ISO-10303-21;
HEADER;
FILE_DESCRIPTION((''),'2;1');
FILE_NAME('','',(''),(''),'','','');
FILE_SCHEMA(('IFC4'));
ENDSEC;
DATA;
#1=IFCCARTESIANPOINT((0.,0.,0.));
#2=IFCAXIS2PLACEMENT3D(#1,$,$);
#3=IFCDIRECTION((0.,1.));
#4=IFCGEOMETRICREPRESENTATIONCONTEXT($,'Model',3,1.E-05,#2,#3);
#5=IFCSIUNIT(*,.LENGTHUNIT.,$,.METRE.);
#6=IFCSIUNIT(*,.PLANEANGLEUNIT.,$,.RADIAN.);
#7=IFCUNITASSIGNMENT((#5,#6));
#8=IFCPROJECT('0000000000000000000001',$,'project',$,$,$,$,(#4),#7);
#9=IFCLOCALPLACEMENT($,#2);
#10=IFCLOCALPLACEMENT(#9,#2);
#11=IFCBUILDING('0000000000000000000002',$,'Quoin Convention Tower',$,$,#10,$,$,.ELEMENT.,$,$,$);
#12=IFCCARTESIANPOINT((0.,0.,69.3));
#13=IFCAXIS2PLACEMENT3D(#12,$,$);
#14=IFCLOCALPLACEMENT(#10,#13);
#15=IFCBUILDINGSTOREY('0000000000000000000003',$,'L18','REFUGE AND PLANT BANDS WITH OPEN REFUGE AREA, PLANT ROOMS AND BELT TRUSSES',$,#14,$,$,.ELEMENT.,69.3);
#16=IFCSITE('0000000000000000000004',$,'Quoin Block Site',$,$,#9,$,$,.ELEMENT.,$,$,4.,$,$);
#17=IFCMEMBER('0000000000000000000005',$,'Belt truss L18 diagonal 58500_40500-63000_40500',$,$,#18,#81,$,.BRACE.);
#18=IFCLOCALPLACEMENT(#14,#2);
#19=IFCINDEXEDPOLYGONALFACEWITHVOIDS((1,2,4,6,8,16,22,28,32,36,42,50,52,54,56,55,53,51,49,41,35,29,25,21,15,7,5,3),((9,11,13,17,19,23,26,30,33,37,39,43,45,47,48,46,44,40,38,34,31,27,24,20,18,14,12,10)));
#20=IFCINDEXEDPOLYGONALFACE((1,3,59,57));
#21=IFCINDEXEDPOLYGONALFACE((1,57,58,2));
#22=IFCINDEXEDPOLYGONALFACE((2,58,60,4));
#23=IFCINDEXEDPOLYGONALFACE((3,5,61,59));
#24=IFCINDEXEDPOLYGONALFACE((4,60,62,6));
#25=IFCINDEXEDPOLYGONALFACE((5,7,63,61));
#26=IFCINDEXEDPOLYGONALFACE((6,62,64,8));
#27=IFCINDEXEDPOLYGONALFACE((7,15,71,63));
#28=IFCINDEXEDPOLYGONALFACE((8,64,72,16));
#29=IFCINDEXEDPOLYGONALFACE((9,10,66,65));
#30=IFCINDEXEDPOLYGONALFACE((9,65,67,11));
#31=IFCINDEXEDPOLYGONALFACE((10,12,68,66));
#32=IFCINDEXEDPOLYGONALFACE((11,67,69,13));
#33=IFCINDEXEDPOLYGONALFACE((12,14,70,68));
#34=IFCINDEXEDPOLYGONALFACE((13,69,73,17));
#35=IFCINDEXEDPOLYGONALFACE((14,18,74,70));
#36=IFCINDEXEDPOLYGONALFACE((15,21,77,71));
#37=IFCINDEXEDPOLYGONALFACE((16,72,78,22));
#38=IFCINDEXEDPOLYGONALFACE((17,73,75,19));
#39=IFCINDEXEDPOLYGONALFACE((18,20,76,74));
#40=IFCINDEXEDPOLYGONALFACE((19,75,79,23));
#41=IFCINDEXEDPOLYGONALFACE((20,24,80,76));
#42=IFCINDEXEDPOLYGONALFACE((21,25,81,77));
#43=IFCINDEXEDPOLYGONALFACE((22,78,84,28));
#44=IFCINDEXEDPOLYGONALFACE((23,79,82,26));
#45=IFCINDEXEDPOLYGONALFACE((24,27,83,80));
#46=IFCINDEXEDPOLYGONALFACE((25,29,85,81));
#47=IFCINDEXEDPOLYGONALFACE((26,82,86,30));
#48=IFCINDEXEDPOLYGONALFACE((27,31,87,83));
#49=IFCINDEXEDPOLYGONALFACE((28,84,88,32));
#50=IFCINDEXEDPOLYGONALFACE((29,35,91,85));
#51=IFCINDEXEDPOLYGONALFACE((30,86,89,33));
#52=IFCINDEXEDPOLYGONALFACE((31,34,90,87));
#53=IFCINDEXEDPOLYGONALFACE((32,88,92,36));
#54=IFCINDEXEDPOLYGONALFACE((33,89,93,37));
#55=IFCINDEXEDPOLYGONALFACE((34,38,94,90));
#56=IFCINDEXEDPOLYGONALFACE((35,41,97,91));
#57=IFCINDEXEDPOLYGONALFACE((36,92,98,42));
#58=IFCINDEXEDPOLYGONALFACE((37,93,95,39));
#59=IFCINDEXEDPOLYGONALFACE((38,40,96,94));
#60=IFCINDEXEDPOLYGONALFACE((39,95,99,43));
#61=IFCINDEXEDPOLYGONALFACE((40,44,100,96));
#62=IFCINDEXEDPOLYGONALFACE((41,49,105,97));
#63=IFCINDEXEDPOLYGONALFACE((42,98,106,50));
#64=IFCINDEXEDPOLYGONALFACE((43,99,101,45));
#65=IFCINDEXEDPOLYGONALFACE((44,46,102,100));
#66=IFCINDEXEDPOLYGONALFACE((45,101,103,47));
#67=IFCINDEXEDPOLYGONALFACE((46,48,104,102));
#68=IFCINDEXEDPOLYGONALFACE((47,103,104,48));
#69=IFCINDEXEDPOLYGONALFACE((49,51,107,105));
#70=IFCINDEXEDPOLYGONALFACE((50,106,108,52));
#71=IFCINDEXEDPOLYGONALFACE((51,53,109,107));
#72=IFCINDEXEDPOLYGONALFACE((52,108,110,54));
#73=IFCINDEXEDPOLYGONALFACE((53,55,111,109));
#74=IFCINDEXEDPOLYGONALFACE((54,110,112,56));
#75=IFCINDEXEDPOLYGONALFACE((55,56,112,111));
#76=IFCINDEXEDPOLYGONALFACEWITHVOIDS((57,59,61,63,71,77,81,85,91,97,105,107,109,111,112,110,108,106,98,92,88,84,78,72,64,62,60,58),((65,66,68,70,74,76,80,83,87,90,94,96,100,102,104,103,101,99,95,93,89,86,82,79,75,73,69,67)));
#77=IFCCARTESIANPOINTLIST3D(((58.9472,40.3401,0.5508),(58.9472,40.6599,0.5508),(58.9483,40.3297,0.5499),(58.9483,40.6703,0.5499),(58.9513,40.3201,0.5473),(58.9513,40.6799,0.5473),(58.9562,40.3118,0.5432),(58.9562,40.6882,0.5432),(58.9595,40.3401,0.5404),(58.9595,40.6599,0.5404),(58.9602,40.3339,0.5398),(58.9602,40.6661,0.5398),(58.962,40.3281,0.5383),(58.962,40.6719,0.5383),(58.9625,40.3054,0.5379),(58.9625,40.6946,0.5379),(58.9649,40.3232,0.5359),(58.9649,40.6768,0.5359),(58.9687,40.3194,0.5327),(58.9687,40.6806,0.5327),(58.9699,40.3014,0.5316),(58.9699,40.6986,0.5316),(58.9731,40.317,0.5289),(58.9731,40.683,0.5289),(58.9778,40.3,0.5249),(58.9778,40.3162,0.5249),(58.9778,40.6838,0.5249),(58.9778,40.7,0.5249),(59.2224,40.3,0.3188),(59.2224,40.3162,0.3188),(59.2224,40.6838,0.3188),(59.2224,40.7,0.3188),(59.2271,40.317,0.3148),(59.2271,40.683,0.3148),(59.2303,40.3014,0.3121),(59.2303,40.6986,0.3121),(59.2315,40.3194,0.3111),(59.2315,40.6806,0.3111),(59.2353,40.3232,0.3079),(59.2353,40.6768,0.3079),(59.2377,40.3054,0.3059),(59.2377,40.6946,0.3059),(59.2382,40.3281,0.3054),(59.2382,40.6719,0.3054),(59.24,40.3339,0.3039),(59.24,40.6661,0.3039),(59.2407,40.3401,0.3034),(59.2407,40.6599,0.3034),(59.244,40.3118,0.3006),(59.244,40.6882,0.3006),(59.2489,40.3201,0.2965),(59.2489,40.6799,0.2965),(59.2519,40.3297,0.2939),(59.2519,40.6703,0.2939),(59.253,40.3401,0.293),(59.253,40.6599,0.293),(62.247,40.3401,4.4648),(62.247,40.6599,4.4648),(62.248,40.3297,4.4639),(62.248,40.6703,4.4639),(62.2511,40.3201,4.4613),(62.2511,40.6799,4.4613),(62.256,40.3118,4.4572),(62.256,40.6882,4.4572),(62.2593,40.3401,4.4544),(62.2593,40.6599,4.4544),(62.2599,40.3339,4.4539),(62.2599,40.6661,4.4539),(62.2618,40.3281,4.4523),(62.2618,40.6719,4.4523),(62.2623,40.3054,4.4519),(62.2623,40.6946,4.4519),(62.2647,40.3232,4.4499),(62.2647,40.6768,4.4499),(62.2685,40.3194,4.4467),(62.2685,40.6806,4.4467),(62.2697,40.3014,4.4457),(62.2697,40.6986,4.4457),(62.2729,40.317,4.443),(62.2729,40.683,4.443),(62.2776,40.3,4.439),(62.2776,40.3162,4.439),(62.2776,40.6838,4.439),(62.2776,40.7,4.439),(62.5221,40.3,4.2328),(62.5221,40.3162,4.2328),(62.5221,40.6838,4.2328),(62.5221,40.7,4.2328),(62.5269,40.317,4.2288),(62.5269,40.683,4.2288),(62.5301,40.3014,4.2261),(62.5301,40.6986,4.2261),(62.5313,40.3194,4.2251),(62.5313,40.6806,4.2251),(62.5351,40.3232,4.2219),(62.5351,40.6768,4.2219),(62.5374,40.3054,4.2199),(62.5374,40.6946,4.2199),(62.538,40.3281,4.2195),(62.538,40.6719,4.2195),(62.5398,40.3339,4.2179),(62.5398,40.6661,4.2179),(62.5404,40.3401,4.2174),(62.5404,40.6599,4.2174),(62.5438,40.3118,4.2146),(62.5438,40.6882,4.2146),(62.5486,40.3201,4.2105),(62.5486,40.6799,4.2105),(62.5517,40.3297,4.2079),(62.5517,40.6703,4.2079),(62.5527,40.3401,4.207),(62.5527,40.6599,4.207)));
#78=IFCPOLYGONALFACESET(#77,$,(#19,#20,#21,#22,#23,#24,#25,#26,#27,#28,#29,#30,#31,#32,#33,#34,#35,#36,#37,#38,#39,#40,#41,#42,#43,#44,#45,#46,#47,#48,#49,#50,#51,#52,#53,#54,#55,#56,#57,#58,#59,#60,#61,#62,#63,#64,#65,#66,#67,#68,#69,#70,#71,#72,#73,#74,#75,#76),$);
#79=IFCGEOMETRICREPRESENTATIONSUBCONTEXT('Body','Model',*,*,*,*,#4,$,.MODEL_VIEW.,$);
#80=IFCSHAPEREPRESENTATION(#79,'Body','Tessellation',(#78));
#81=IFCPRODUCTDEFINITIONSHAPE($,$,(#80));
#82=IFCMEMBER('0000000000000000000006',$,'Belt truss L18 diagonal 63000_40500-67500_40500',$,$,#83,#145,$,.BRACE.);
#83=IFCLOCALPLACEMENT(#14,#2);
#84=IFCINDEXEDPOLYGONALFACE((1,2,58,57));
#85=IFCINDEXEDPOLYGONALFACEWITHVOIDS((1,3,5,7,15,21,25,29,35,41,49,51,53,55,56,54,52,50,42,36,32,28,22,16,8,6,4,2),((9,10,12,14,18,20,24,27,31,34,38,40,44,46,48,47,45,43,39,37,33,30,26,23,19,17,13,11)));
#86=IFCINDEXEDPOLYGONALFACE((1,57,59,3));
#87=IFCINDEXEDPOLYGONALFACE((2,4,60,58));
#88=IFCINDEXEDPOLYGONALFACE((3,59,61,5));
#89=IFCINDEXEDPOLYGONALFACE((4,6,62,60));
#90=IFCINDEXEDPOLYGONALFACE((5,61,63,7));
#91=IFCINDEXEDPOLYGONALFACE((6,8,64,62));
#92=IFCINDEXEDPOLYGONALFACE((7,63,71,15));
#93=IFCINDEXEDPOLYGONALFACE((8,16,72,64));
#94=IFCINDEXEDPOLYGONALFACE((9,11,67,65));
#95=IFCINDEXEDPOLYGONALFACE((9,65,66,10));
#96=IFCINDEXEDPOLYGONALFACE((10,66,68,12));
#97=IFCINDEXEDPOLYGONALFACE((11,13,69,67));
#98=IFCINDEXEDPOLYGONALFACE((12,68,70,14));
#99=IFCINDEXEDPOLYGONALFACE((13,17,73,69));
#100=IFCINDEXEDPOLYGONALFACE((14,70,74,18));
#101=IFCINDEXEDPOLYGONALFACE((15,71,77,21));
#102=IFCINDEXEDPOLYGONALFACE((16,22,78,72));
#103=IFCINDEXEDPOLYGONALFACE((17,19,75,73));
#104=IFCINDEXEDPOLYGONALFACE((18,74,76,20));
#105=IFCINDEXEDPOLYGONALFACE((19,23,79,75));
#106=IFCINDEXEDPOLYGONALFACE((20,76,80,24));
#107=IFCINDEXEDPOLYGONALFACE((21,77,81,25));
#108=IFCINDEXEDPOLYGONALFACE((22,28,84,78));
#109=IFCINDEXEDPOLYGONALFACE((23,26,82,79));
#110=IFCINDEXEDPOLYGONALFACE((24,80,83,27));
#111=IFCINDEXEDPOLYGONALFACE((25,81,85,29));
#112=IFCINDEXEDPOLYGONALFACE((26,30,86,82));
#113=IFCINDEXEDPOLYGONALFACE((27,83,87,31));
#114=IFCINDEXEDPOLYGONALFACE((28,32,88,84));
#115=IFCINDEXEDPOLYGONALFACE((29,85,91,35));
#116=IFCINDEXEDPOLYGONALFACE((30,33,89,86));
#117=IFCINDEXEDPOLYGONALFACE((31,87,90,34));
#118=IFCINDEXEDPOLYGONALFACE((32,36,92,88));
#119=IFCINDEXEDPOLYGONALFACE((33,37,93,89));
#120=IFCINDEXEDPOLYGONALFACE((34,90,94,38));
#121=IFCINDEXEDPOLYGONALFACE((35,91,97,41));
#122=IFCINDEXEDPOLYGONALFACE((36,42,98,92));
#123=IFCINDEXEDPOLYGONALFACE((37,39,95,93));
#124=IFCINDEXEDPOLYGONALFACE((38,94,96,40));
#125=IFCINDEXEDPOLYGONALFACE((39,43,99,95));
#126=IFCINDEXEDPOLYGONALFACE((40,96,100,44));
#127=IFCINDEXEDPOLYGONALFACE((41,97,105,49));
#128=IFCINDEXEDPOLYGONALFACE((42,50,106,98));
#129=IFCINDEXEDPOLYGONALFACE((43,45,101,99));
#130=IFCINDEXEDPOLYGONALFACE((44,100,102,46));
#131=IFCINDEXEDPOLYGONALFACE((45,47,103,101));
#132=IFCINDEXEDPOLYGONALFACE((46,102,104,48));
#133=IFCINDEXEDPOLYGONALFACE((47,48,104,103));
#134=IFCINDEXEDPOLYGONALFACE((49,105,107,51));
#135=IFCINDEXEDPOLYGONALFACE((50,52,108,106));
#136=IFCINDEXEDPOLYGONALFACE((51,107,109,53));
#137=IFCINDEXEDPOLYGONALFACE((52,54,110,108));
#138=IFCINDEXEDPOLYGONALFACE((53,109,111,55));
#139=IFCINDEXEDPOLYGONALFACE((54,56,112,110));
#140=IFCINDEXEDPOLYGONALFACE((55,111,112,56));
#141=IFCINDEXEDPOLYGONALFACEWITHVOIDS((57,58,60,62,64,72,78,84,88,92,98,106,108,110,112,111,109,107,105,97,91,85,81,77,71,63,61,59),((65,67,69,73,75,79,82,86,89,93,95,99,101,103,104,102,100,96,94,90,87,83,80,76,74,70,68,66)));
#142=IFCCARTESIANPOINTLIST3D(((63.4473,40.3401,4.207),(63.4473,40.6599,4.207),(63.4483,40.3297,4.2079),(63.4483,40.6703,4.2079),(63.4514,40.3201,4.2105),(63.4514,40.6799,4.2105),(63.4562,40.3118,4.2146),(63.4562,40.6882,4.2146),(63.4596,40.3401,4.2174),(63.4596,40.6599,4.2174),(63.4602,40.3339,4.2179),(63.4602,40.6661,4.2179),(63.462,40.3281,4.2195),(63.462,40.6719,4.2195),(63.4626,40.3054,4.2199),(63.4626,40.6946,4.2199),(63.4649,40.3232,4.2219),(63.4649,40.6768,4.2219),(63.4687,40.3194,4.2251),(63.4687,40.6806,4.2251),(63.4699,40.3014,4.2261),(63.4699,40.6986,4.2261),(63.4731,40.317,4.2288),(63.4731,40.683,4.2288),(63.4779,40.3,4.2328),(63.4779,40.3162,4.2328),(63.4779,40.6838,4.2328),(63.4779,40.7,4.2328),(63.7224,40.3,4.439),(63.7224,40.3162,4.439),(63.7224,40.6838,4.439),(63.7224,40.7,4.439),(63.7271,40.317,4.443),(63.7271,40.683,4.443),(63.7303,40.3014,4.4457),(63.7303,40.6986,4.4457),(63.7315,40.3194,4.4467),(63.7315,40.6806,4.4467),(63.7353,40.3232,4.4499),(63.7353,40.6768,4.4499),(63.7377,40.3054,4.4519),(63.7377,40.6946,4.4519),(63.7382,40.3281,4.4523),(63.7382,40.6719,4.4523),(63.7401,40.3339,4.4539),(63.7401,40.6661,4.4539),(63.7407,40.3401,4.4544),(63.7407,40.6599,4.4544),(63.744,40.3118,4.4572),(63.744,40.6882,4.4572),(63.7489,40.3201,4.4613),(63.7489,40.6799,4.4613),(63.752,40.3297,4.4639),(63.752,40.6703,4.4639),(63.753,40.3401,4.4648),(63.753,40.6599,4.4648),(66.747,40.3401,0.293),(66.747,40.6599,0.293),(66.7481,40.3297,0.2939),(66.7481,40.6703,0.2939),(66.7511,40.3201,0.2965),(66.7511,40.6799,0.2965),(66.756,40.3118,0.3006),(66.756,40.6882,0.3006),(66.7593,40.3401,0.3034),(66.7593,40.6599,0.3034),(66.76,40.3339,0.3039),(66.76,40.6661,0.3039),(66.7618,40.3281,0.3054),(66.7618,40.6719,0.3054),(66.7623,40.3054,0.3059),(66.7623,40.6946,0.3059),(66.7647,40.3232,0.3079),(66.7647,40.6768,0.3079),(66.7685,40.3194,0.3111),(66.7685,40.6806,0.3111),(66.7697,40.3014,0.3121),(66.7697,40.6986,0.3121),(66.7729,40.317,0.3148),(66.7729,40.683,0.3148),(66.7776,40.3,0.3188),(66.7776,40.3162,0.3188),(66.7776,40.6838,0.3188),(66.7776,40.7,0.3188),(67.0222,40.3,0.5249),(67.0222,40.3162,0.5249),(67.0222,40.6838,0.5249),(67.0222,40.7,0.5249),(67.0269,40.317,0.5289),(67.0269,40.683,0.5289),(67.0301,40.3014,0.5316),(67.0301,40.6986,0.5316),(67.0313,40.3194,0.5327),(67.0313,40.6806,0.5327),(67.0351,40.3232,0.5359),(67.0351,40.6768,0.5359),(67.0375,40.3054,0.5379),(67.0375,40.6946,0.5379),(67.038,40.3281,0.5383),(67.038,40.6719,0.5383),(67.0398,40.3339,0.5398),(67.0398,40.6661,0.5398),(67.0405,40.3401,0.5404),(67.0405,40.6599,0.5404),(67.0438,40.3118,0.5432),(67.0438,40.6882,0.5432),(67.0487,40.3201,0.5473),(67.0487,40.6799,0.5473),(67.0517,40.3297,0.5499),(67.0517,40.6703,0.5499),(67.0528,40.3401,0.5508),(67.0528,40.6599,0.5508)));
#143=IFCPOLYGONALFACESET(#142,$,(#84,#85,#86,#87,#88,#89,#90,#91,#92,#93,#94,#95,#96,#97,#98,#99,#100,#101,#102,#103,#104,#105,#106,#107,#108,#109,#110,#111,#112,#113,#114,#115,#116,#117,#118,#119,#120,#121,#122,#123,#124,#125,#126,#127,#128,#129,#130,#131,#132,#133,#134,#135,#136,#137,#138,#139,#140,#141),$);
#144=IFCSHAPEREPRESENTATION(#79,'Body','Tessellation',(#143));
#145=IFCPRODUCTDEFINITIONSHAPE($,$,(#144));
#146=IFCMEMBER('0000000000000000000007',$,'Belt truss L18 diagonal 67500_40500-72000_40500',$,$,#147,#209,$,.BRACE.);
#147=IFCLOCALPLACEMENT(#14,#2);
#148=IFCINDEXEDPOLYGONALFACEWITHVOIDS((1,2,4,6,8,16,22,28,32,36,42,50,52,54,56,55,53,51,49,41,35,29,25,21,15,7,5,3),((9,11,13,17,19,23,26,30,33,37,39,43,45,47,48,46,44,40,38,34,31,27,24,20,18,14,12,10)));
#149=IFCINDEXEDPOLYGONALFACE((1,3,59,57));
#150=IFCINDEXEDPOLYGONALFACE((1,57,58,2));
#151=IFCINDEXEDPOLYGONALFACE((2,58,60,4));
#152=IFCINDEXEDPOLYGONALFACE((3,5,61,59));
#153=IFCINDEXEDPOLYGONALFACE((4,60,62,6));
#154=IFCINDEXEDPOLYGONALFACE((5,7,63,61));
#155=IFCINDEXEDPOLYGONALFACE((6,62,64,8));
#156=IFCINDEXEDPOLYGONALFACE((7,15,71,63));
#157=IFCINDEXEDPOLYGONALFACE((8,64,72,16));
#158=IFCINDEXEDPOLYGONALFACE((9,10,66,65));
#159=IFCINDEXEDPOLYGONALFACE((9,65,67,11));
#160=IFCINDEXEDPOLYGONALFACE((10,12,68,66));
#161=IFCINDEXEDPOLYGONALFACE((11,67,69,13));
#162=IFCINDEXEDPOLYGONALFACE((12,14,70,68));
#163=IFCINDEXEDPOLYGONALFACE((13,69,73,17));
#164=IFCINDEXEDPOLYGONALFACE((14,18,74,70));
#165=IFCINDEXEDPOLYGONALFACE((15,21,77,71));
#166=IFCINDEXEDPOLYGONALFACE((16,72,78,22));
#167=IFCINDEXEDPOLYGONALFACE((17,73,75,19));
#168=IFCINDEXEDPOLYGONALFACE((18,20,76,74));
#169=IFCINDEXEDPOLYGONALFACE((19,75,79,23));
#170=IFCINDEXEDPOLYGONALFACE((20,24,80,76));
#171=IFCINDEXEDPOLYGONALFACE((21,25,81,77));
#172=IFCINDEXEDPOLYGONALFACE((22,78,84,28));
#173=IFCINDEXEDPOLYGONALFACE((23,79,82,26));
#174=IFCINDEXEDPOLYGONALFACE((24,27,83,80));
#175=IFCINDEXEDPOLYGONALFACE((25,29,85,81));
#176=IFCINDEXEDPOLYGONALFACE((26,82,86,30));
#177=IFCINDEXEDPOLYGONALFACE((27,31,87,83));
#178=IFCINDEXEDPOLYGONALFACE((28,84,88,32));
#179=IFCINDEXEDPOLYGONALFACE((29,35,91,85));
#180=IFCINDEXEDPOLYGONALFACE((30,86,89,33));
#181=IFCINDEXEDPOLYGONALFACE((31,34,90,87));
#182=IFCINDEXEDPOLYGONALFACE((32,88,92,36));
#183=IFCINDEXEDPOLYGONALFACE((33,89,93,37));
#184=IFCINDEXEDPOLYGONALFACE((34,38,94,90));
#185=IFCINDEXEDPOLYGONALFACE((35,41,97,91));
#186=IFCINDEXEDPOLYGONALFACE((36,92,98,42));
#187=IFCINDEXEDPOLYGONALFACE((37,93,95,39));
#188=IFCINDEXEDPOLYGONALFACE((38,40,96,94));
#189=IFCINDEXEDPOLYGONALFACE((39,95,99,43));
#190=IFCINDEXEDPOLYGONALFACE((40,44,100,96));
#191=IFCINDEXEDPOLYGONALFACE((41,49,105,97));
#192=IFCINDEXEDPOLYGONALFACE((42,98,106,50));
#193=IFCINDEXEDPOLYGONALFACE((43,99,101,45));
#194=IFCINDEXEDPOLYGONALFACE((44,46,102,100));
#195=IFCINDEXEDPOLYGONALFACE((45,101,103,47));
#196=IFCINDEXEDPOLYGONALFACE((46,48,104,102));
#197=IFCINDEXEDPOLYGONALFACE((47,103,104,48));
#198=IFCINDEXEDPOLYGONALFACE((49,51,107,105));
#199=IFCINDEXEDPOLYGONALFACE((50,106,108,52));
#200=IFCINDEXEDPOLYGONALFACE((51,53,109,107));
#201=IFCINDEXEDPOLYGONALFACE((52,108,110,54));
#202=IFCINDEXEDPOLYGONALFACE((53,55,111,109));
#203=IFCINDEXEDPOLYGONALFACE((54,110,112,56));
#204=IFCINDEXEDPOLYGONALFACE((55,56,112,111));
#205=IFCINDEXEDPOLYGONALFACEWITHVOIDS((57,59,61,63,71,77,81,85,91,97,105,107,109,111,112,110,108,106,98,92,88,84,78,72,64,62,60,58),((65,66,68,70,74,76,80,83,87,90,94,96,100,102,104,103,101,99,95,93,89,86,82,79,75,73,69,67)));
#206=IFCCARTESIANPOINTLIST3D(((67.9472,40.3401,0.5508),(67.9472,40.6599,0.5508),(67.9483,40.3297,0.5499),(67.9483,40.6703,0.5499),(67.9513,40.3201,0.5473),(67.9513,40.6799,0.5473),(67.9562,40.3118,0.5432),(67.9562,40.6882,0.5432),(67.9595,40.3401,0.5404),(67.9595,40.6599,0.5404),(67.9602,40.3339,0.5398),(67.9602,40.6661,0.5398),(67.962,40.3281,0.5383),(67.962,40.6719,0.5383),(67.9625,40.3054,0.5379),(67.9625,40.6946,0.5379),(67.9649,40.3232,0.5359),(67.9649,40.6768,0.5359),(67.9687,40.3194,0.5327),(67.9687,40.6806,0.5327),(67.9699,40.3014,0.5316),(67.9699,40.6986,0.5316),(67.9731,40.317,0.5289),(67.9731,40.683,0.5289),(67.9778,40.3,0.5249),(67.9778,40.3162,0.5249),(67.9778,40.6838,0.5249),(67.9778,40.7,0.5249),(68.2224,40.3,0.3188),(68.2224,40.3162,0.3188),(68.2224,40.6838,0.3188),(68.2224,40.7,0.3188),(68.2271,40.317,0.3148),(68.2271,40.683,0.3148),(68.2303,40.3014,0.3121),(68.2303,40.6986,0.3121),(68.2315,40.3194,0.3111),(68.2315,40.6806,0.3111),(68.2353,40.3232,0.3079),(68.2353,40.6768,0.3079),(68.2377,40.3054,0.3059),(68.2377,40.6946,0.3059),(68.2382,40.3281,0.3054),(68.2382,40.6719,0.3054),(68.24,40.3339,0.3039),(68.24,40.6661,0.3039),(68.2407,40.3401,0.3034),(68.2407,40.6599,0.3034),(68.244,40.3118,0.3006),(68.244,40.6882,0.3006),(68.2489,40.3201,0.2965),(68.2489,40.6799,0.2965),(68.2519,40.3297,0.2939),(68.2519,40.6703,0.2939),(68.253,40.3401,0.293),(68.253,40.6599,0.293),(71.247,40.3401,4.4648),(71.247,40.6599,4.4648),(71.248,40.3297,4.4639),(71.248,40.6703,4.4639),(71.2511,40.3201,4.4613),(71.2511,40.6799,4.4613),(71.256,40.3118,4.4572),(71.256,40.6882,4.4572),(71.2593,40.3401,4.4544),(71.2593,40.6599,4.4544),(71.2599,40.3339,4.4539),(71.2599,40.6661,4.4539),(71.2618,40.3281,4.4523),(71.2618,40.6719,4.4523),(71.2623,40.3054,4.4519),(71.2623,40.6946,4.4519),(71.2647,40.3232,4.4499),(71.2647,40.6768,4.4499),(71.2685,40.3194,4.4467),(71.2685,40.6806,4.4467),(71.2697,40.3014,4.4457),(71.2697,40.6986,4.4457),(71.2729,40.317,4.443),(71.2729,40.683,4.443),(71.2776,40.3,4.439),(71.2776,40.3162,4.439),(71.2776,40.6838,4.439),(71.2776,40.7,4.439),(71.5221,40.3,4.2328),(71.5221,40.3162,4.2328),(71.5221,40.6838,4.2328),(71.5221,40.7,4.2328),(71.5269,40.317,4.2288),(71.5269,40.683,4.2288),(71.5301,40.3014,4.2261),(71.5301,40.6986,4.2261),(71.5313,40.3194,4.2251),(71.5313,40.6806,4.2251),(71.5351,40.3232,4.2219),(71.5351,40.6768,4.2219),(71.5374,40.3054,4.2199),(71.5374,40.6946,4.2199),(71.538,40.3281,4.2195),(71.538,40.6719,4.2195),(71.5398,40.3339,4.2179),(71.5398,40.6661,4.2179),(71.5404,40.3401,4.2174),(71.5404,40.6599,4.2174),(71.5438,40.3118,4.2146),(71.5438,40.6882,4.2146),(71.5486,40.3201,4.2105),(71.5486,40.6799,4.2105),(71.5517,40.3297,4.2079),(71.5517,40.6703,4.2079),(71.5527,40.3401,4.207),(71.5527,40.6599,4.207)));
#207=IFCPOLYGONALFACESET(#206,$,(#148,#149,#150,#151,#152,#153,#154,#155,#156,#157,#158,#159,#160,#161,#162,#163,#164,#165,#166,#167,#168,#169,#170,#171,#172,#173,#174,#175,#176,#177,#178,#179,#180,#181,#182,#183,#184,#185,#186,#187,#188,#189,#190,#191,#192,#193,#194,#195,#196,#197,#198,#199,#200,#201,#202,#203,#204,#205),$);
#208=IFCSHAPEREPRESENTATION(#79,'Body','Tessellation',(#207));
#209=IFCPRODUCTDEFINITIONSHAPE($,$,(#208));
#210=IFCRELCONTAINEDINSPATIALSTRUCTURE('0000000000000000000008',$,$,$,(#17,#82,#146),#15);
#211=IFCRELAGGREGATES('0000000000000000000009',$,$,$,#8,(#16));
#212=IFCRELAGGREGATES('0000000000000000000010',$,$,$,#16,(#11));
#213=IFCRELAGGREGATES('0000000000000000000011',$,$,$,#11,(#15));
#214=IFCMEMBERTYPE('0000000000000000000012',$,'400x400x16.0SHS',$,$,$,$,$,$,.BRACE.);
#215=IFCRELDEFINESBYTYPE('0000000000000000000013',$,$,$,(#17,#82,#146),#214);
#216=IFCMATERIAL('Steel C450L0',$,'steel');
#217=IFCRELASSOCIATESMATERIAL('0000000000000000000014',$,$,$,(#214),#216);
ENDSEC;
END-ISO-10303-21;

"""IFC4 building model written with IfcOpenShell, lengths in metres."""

from ifc_helpers import new_model, si_unit, direction, frame, origin, origin_2d, place, context, subcontext, project, spatial, hollow_rectangle, extrude, material, material_profile, profile_set, type_object, element, save


model = new_model("IFC4")

# Units and contexts
model_context = context("Model", 3, precision=1e-05, world=origin(), true_north=direction((0.0, 1.0)))
body_context = subcontext(model_context, "Body", "Model", "MODEL_VIEW")
ifc_project = project(units=[si_unit("LENGTHUNIT", "METRE"), si_unit("PLANEANGLEUNIT", "RADIAN")], contexts=[model_context])

# Site, building, storey
site_placement = place(None, origin())
site = spatial("IfcSite", under=ifc_project, at=site_placement, Name="Quoin Block Site", CompositionType="ELEMENT", RefElevation=4.0)
building_placement = place(site_placement, origin())
building = spatial("IfcBuilding", under=site, at=building_placement, Name="Quoin Convention Tower", CompositionType="ELEMENT")
storey_placement = place(building_placement, frame((0.0, 0.0, 69.3)))
storey = spatial("IfcBuildingStorey", under=building, at=storey_placement, Name="L18", Description="REFUGE AND PLANT BANDS WITH OPEN REFUGE AREA, PLANT ROOMS AND BELT TRUSSES", CompositionType="ELEMENT", Elevation=69.3)

# Members
ifc_material_1 = material(Name="Steel C450L0", Category="steel")
ifc_material_profile_1 = material_profile(ifc_material_1, hollow_rectangle(XDim=0.3999, YDim=0.3999, WallThickness=0.0161, InnerFilletRadius=0.0239, OuterFilletRadius=0.04, at=origin_2d()), Name="400x400x16.0SHS")
ifc_profile_set_1 = profile_set([ifc_material_profile_1], Name="Steel C450L0")
member_type_1 = type_object("IfcMemberType", Name="400x400x16.0SHS", PredefinedType="BRACE", material=ifc_profile_set_1)
for number, where, z_axis, x_axis, name in (
    (1, (59.1001, 40.5, 0.4219), (0.644564, 0.0, 0.76455), (0.0, 1.0, 0.0), "Belt truss L18 diagonal 58500_40500-63000_40500"),
    (2, (66.8999, 40.5, 0.4219), (-0.644564, 0.0, 0.76455), (0.0, -1.0, 0.0), "Belt truss L18 diagonal 63000_40500-67500_40500"),
    (3, (68.1001, 40.5, 0.4219), (0.644564, 0.0, 0.76455), (0.0, 1.0, 0.0), "Belt truss L18 diagonal 67500_40500-72000_40500"),
):
    element("IfcMember", number, at=place(storey_placement, frame(where, z_axis=z_axis, x_axis=x_axis)), inside=storey, type_object=member_type_1, Name=name, PredefinedType="BRACE", context=body_context, shape_type="SweptSolid", body=[
        extrude(hollow_rectangle(XDim=0.3999, YDim=0.3999, WallThickness=0.0161, InnerFilletRadius=0.0239, OuterFilletRadius=0.04, at=origin_2d()), origin(), (0.0, 0.0, 1.0), 5.1194),
    ])

save(model, "model.ifc")
